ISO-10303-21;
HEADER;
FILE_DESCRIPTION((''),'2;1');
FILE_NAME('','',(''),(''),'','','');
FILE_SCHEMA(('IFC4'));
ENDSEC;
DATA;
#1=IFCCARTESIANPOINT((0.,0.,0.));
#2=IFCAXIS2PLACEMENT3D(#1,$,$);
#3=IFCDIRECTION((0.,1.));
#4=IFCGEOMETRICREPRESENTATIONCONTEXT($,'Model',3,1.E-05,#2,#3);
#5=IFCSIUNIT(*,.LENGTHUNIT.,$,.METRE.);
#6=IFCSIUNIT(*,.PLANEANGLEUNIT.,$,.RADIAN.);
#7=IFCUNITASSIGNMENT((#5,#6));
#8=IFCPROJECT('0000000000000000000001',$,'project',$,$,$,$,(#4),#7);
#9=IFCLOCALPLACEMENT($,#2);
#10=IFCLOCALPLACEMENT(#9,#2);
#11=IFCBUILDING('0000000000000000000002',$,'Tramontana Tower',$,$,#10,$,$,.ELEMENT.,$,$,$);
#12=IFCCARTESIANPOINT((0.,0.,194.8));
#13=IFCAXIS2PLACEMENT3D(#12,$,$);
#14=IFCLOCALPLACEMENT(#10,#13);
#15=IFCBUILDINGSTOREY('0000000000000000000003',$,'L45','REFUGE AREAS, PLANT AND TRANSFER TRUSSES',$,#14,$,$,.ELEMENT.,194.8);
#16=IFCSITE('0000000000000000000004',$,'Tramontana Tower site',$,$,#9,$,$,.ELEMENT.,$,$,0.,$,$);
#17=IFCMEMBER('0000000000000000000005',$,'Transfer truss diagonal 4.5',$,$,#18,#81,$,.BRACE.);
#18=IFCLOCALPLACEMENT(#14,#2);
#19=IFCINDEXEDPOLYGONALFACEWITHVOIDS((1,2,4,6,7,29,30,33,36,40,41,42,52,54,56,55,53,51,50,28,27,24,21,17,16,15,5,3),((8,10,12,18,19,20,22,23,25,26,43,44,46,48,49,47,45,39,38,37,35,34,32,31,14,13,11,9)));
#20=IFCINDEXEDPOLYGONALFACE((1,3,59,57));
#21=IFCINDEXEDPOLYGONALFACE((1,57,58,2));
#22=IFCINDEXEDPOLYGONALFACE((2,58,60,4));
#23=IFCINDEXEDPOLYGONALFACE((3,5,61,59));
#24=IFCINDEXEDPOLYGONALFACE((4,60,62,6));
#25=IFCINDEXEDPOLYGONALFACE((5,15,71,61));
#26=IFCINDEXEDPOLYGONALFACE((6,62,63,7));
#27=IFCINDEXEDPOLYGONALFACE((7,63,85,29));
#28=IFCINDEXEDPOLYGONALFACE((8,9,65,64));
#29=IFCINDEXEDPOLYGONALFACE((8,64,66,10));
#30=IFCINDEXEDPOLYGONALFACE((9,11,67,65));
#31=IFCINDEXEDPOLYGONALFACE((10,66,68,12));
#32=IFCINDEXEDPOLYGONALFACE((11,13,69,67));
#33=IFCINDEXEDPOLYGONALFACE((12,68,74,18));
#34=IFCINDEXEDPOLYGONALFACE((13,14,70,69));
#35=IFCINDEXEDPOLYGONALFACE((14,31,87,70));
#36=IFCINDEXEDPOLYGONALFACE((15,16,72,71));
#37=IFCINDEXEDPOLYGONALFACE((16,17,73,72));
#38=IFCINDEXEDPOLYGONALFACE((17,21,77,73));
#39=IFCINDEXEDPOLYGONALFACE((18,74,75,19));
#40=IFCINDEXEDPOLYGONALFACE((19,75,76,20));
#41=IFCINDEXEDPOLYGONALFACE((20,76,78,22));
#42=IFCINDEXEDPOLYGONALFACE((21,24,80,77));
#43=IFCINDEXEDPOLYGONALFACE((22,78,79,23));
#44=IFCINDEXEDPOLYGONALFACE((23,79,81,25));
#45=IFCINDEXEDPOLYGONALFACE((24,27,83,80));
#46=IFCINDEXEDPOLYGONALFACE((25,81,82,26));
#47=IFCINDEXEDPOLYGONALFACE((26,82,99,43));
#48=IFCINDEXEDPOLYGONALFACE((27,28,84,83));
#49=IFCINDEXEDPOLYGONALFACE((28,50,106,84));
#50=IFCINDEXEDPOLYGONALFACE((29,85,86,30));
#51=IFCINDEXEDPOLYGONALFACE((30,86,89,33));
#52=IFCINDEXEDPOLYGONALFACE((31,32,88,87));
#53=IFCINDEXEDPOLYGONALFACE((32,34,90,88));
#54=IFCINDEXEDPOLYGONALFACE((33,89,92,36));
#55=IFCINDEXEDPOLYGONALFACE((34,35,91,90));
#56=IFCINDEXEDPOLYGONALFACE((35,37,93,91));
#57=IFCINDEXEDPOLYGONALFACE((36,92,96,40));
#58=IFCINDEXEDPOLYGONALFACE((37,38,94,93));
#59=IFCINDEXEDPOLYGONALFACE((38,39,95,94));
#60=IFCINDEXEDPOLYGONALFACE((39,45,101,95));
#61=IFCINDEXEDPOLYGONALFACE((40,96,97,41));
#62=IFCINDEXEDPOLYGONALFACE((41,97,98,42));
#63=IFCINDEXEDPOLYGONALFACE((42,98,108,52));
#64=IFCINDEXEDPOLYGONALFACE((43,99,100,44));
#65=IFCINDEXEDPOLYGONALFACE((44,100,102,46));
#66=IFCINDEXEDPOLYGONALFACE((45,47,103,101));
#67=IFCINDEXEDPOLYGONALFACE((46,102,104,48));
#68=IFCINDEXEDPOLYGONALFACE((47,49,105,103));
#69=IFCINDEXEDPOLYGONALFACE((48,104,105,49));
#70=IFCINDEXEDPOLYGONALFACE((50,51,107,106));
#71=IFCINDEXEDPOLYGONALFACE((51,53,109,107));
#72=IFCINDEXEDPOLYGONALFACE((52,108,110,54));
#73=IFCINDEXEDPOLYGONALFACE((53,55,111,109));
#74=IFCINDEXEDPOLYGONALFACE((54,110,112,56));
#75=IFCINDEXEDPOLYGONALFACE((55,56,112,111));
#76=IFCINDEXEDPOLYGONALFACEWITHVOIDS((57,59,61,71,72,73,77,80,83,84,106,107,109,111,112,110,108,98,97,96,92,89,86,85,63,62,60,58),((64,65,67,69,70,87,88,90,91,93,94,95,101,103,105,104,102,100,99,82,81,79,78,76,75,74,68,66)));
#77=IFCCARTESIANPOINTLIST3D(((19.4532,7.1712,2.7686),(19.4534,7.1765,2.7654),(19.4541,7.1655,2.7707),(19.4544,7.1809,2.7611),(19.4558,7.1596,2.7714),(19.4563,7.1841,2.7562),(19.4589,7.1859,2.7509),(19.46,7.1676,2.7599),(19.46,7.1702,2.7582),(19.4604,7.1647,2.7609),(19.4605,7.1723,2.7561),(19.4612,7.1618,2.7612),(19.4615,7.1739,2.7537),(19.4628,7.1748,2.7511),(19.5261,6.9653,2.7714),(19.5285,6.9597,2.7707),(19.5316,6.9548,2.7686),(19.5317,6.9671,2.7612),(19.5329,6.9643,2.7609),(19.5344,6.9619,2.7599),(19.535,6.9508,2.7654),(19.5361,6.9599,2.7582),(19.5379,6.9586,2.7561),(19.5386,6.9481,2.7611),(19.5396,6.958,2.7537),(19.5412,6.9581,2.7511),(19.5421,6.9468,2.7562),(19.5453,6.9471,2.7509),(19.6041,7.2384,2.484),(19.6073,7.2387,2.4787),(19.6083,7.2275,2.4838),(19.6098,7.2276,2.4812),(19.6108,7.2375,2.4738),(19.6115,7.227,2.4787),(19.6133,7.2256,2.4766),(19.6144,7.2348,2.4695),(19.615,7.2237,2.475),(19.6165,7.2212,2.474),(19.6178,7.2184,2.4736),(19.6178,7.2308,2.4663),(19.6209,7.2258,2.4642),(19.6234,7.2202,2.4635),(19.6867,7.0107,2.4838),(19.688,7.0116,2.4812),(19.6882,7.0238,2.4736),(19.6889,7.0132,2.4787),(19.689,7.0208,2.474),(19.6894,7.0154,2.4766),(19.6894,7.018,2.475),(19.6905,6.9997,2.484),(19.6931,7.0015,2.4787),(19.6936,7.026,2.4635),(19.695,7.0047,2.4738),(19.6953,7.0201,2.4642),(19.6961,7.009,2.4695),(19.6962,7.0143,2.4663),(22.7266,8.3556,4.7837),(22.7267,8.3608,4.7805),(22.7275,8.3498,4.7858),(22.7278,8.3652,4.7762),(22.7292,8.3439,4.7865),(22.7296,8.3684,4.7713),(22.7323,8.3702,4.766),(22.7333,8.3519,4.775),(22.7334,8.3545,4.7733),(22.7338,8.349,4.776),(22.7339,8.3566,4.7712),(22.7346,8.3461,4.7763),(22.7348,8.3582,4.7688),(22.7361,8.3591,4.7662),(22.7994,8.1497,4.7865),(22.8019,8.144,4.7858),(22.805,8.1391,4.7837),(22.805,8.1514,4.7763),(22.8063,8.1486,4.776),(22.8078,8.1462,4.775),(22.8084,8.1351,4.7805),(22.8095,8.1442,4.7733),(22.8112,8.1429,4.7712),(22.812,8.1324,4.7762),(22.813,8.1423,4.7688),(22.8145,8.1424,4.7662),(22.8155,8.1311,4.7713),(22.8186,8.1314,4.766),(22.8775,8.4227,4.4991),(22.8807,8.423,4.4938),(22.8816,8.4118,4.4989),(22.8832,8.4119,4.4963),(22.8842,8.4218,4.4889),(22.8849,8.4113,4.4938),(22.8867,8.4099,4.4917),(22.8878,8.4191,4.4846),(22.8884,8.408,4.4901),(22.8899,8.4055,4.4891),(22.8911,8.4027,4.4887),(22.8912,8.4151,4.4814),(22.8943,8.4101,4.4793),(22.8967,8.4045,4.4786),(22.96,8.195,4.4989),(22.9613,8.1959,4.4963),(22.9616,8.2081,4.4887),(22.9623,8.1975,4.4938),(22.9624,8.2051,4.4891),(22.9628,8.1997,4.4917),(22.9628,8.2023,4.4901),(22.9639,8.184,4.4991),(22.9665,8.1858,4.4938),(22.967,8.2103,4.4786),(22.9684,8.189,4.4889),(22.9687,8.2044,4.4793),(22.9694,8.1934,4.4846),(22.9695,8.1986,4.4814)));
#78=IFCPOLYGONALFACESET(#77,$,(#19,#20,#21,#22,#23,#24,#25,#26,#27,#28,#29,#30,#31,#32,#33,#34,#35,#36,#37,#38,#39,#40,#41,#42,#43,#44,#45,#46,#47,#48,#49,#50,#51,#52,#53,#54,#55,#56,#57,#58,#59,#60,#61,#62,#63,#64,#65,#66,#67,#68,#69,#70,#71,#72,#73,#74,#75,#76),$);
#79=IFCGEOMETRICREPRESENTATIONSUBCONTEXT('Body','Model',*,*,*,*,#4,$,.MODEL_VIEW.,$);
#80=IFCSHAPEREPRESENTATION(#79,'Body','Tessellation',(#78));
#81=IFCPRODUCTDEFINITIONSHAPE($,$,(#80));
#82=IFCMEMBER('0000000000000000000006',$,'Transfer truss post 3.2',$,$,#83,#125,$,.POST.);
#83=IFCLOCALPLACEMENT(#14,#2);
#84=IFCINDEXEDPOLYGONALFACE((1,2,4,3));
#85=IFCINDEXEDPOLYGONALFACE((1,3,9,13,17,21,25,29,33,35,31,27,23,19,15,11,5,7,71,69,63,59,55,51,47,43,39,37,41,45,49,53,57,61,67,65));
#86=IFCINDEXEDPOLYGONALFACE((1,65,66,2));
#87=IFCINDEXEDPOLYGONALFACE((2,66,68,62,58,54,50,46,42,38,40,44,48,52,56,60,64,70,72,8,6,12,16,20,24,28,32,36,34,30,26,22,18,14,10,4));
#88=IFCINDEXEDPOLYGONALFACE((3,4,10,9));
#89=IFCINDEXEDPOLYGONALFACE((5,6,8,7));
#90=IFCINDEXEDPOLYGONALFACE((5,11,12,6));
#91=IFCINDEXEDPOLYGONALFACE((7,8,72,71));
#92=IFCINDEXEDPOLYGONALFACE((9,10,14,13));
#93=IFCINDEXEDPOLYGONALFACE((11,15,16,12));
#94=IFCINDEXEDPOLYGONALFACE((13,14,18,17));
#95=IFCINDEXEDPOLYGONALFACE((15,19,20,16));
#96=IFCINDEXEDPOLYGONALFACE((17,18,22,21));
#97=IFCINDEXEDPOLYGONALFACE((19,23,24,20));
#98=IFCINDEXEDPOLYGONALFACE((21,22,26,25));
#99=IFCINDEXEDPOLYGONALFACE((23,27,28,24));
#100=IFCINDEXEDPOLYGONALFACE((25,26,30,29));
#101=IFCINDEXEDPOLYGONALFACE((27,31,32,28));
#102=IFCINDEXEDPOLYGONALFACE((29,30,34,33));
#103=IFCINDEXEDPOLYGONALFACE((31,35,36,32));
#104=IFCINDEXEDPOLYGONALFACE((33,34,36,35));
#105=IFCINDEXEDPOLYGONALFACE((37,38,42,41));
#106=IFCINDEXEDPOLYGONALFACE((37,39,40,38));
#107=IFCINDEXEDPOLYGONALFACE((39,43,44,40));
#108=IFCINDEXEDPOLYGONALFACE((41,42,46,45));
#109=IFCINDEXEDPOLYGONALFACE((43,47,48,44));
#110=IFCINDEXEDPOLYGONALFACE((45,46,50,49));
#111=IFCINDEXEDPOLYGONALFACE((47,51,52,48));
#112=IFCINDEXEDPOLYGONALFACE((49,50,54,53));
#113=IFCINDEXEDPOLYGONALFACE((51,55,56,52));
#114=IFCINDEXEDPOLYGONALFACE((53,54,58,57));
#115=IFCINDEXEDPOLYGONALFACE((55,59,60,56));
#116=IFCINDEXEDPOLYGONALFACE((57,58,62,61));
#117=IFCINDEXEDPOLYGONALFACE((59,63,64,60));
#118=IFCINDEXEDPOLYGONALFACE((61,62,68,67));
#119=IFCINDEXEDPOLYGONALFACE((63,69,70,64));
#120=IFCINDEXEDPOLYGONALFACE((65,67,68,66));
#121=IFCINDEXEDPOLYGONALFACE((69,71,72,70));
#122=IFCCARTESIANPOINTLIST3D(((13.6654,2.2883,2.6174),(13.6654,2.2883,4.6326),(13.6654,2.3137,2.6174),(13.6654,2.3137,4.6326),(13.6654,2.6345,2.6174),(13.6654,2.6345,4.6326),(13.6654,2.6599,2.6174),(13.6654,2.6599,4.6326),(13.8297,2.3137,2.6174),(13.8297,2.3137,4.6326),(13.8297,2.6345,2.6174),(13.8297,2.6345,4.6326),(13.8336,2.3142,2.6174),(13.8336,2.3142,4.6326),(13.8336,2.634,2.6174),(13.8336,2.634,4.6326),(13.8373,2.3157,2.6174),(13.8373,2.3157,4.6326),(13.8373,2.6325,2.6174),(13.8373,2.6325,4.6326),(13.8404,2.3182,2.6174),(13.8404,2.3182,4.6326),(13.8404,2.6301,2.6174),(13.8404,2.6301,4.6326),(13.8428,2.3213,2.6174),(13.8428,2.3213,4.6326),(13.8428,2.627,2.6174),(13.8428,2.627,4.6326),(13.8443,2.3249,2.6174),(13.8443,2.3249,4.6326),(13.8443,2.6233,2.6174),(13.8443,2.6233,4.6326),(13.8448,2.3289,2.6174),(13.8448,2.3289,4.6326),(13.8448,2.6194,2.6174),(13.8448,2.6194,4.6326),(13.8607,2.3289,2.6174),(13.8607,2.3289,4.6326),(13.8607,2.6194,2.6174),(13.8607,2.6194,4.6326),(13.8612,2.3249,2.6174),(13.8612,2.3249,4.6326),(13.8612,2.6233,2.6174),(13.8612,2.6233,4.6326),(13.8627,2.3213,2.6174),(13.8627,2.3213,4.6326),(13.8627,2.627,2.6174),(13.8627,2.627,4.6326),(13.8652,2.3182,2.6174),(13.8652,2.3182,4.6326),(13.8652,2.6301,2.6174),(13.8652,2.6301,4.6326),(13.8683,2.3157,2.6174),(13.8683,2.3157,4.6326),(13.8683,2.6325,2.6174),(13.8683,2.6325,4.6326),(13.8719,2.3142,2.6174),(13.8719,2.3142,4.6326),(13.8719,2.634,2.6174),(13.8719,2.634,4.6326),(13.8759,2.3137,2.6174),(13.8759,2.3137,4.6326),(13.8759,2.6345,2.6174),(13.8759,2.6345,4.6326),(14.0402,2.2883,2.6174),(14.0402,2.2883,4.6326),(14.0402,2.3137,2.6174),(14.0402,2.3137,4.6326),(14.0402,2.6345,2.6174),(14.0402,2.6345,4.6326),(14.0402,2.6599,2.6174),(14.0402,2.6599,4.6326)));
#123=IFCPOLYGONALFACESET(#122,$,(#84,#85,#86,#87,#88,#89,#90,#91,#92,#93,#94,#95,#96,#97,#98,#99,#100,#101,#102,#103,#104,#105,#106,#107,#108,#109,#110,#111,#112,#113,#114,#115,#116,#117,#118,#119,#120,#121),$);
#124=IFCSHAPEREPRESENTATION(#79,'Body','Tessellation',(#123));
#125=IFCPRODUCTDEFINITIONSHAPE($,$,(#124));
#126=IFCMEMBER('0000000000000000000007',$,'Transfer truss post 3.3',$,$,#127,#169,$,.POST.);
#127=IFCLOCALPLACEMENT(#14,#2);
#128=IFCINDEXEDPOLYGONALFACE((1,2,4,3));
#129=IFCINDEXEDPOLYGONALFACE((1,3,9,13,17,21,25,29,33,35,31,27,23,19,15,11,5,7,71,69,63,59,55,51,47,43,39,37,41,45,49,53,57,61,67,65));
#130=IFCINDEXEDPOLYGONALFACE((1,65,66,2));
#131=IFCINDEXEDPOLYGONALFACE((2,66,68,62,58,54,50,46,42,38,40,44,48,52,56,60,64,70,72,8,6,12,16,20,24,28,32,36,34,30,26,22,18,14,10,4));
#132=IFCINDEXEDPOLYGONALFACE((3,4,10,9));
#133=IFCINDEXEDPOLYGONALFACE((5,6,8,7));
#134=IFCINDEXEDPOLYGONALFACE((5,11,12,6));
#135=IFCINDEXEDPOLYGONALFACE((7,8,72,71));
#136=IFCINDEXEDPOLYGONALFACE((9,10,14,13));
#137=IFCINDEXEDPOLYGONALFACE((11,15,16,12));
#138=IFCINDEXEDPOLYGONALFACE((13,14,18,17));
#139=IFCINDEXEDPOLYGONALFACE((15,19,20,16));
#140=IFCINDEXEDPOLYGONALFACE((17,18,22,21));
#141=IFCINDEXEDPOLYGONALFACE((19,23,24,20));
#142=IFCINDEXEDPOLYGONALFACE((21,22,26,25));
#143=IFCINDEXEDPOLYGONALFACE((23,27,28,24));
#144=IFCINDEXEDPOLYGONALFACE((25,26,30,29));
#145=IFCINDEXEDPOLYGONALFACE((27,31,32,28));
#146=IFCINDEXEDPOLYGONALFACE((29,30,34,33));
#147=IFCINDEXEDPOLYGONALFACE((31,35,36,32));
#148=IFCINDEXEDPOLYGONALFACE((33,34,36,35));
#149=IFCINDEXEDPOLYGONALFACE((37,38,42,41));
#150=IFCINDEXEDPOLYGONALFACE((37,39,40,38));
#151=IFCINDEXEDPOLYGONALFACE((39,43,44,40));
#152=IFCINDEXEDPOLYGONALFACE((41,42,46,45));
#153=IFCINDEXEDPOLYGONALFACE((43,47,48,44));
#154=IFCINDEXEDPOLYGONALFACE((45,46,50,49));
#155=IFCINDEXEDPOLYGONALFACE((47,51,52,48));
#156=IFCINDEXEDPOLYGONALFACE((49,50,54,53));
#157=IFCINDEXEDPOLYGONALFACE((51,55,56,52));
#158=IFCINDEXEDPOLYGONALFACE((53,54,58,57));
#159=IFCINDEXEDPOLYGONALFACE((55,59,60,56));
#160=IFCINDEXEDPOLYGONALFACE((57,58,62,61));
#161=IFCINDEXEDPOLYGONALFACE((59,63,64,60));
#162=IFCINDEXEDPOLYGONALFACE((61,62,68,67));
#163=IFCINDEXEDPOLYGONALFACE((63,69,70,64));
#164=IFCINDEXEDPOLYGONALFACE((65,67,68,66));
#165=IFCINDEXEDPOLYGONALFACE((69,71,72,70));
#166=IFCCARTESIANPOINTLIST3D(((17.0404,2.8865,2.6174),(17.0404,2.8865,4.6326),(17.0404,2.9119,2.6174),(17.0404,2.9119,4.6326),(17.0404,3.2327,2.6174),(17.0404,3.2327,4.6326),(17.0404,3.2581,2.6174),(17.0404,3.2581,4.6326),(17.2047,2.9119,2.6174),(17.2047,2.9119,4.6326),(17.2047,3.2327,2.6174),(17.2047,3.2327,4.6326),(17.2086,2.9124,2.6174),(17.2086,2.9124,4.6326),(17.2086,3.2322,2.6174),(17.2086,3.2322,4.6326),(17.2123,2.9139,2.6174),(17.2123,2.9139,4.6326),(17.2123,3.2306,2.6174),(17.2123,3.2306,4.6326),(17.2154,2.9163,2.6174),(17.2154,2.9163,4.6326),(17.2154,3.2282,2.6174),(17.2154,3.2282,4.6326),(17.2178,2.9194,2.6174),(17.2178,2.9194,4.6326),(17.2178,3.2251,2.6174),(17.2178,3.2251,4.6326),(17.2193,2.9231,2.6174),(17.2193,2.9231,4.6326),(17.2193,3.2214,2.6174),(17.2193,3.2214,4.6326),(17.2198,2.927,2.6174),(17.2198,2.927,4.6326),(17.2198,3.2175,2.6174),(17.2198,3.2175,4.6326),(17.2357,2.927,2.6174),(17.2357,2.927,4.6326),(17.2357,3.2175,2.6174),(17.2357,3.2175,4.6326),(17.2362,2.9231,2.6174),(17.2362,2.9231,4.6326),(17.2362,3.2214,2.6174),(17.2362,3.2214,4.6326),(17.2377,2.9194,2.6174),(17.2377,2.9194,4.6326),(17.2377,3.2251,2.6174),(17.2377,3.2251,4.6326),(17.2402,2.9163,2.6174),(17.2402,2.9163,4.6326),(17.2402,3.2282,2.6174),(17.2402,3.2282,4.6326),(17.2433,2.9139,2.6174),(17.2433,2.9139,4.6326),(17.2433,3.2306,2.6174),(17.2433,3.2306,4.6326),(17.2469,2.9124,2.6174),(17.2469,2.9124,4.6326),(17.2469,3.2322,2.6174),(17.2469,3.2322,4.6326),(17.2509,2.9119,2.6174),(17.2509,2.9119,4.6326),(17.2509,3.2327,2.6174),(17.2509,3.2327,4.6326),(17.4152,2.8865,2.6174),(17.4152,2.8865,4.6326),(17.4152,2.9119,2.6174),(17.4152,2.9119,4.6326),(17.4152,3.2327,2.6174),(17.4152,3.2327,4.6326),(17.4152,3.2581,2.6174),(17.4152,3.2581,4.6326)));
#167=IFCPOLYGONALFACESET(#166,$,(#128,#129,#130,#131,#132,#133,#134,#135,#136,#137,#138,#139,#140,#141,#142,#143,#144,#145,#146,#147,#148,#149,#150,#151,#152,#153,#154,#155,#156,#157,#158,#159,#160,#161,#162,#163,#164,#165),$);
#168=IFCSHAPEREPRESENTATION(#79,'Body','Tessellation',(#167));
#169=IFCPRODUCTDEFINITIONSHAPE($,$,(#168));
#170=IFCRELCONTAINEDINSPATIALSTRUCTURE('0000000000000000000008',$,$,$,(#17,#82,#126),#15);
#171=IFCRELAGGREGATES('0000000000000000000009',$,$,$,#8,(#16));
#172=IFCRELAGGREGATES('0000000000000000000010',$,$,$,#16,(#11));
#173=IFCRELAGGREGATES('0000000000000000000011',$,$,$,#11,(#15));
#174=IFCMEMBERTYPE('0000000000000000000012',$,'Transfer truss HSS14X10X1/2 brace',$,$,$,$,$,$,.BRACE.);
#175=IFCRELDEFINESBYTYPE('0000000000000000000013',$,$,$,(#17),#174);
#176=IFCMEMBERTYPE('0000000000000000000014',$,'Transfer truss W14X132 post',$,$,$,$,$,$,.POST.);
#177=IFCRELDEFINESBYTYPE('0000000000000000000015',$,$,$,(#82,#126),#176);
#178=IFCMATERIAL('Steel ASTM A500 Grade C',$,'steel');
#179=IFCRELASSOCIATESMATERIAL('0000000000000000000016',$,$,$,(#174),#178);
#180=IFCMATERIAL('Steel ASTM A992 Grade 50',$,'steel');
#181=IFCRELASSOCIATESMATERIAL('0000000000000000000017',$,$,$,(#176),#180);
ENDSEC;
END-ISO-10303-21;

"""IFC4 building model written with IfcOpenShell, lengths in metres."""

from ifc_helpers import new_model, si_unit, direction, frame, origin, origin_2d, place, context, subcontext, project, spatial, hollow_rectangle, i_section, extrude, material, material_profile, profile_set, type_object, element, save


model = new_model("IFC4")

# Units and contexts
model_context = context("Model", 3, precision=1e-05, world=origin(), true_north=direction((0.0, 1.0)))
body_context = subcontext(model_context, "Body", "Model", "MODEL_VIEW")
ifc_project = project(units=[si_unit("LENGTHUNIT", "METRE"), si_unit("PLANEANGLEUNIT", "RADIAN")], contexts=[model_context])

# Site, building, storey
site_placement = place(None, origin())
site = spatial("IfcSite", under=ifc_project, at=site_placement, Name="Tramontana Tower site", CompositionType="ELEMENT", RefElevation=0.0)
building_placement = place(site_placement, origin())
building = spatial("IfcBuilding", under=site, at=building_placement, Name="Tramontana Tower", CompositionType="ELEMENT")
storey_placement = place(building_placement, frame((0.0, 0.0, 194.8)))
storey = spatial("IfcBuildingStorey", under=building, at=storey_placement, Name="L45", Description="REFUGE AREAS, PLANT AND TRANSFER TRUSSES", CompositionType="ELEMENT", Elevation=194.8)

# Members
ifc_material_1 = material(Name="Steel ASTM A500 Grade C", Category="steel")
ifc_material_profile_1 = material_profile(ifc_material_1, hollow_rectangle(XDim=0.2539, YDim=0.3557, WallThickness=0.0117, InnerFilletRadius=0.0117, OuterFilletRadius=0.0237, at=origin_2d()), Name="HSS14X10X1/2")
ifc_profile_set_1 = profile_set([ifc_material_profile_1], Name="Steel ASTM A500 Grade C")
member_type_1 = type_object("IfcMemberType", Name="Transfer truss HSS14X10X1/2 brace", PredefinedType="BRACE", material=ifc_profile_set_1)
member_1_placement = place(storey_placement, frame((19.5747, 7.0928, 2.6174), z_axis=(0.813825, 0.294441, 0.500993), x_axis=(-0.340217, 0.940347, 0.0)))
element("IfcMember", 1, at=member_1_placement, inside=storey, type_object=member_type_1, Name="Transfer truss diagonal 4.5", PredefinedType="BRACE", context=body_context, shape_type="SweptSolid", body=[
    extrude(hollow_rectangle(XDim=0.2539, YDim=0.3557, WallThickness=0.0117, InnerFilletRadius=0.0117, OuterFilletRadius=0.0237, at=origin_2d()), origin(), (0.0, 0.0, 1.0), 4.0222),
])
ifc_material_2 = material(Name="Steel ASTM A992 Grade 50", Category="steel")
ifc_material_profile_2 = material_profile(ifc_material_2, i_section(OverallWidth=0.3748, OverallDepth=0.3716, WebThickness=0.0159, FlangeThickness=0.0254, FilletRadius=0.0151, at=origin_2d()), Name="W14X132")
ifc_profile_set_2 = profile_set([ifc_material_profile_2], Name="Steel ASTM A992 Grade 50")
member_type_2 = type_object("IfcMemberType", Name="Transfer truss W14X132 post", PredefinedType="POST", material=ifc_profile_set_2)
for number, where, z_axis, x_axis, name in (
    (2, (13.8528, 2.4741, 2.6174), (0.0, 0.0, 1.0), (1.0, 0.0, 0.0), "Transfer truss post 3.2"),
    (3, (17.2278, 3.0723, 2.6174), (0.0, 0.0, 1.0), (1.0, 0.0, 0.0), "Transfer truss post 3.3"),
):
    element("IfcMember", number, at=place(storey_placement, frame(where, z_axis=z_axis, x_axis=x_axis)), inside=storey, type_object=member_type_2, Name=name, PredefinedType="POST", context=body_context, shape_type="SweptSolid", body=[
        extrude(i_section(OverallWidth=0.3748, OverallDepth=0.3716, WebThickness=0.0159, FlangeThickness=0.0254, FilletRadius=0.0151, at=origin_2d()), origin(), (0.0, 0.0, 1.0), 2.0151),
    ])

save(model, "model.ifc")
